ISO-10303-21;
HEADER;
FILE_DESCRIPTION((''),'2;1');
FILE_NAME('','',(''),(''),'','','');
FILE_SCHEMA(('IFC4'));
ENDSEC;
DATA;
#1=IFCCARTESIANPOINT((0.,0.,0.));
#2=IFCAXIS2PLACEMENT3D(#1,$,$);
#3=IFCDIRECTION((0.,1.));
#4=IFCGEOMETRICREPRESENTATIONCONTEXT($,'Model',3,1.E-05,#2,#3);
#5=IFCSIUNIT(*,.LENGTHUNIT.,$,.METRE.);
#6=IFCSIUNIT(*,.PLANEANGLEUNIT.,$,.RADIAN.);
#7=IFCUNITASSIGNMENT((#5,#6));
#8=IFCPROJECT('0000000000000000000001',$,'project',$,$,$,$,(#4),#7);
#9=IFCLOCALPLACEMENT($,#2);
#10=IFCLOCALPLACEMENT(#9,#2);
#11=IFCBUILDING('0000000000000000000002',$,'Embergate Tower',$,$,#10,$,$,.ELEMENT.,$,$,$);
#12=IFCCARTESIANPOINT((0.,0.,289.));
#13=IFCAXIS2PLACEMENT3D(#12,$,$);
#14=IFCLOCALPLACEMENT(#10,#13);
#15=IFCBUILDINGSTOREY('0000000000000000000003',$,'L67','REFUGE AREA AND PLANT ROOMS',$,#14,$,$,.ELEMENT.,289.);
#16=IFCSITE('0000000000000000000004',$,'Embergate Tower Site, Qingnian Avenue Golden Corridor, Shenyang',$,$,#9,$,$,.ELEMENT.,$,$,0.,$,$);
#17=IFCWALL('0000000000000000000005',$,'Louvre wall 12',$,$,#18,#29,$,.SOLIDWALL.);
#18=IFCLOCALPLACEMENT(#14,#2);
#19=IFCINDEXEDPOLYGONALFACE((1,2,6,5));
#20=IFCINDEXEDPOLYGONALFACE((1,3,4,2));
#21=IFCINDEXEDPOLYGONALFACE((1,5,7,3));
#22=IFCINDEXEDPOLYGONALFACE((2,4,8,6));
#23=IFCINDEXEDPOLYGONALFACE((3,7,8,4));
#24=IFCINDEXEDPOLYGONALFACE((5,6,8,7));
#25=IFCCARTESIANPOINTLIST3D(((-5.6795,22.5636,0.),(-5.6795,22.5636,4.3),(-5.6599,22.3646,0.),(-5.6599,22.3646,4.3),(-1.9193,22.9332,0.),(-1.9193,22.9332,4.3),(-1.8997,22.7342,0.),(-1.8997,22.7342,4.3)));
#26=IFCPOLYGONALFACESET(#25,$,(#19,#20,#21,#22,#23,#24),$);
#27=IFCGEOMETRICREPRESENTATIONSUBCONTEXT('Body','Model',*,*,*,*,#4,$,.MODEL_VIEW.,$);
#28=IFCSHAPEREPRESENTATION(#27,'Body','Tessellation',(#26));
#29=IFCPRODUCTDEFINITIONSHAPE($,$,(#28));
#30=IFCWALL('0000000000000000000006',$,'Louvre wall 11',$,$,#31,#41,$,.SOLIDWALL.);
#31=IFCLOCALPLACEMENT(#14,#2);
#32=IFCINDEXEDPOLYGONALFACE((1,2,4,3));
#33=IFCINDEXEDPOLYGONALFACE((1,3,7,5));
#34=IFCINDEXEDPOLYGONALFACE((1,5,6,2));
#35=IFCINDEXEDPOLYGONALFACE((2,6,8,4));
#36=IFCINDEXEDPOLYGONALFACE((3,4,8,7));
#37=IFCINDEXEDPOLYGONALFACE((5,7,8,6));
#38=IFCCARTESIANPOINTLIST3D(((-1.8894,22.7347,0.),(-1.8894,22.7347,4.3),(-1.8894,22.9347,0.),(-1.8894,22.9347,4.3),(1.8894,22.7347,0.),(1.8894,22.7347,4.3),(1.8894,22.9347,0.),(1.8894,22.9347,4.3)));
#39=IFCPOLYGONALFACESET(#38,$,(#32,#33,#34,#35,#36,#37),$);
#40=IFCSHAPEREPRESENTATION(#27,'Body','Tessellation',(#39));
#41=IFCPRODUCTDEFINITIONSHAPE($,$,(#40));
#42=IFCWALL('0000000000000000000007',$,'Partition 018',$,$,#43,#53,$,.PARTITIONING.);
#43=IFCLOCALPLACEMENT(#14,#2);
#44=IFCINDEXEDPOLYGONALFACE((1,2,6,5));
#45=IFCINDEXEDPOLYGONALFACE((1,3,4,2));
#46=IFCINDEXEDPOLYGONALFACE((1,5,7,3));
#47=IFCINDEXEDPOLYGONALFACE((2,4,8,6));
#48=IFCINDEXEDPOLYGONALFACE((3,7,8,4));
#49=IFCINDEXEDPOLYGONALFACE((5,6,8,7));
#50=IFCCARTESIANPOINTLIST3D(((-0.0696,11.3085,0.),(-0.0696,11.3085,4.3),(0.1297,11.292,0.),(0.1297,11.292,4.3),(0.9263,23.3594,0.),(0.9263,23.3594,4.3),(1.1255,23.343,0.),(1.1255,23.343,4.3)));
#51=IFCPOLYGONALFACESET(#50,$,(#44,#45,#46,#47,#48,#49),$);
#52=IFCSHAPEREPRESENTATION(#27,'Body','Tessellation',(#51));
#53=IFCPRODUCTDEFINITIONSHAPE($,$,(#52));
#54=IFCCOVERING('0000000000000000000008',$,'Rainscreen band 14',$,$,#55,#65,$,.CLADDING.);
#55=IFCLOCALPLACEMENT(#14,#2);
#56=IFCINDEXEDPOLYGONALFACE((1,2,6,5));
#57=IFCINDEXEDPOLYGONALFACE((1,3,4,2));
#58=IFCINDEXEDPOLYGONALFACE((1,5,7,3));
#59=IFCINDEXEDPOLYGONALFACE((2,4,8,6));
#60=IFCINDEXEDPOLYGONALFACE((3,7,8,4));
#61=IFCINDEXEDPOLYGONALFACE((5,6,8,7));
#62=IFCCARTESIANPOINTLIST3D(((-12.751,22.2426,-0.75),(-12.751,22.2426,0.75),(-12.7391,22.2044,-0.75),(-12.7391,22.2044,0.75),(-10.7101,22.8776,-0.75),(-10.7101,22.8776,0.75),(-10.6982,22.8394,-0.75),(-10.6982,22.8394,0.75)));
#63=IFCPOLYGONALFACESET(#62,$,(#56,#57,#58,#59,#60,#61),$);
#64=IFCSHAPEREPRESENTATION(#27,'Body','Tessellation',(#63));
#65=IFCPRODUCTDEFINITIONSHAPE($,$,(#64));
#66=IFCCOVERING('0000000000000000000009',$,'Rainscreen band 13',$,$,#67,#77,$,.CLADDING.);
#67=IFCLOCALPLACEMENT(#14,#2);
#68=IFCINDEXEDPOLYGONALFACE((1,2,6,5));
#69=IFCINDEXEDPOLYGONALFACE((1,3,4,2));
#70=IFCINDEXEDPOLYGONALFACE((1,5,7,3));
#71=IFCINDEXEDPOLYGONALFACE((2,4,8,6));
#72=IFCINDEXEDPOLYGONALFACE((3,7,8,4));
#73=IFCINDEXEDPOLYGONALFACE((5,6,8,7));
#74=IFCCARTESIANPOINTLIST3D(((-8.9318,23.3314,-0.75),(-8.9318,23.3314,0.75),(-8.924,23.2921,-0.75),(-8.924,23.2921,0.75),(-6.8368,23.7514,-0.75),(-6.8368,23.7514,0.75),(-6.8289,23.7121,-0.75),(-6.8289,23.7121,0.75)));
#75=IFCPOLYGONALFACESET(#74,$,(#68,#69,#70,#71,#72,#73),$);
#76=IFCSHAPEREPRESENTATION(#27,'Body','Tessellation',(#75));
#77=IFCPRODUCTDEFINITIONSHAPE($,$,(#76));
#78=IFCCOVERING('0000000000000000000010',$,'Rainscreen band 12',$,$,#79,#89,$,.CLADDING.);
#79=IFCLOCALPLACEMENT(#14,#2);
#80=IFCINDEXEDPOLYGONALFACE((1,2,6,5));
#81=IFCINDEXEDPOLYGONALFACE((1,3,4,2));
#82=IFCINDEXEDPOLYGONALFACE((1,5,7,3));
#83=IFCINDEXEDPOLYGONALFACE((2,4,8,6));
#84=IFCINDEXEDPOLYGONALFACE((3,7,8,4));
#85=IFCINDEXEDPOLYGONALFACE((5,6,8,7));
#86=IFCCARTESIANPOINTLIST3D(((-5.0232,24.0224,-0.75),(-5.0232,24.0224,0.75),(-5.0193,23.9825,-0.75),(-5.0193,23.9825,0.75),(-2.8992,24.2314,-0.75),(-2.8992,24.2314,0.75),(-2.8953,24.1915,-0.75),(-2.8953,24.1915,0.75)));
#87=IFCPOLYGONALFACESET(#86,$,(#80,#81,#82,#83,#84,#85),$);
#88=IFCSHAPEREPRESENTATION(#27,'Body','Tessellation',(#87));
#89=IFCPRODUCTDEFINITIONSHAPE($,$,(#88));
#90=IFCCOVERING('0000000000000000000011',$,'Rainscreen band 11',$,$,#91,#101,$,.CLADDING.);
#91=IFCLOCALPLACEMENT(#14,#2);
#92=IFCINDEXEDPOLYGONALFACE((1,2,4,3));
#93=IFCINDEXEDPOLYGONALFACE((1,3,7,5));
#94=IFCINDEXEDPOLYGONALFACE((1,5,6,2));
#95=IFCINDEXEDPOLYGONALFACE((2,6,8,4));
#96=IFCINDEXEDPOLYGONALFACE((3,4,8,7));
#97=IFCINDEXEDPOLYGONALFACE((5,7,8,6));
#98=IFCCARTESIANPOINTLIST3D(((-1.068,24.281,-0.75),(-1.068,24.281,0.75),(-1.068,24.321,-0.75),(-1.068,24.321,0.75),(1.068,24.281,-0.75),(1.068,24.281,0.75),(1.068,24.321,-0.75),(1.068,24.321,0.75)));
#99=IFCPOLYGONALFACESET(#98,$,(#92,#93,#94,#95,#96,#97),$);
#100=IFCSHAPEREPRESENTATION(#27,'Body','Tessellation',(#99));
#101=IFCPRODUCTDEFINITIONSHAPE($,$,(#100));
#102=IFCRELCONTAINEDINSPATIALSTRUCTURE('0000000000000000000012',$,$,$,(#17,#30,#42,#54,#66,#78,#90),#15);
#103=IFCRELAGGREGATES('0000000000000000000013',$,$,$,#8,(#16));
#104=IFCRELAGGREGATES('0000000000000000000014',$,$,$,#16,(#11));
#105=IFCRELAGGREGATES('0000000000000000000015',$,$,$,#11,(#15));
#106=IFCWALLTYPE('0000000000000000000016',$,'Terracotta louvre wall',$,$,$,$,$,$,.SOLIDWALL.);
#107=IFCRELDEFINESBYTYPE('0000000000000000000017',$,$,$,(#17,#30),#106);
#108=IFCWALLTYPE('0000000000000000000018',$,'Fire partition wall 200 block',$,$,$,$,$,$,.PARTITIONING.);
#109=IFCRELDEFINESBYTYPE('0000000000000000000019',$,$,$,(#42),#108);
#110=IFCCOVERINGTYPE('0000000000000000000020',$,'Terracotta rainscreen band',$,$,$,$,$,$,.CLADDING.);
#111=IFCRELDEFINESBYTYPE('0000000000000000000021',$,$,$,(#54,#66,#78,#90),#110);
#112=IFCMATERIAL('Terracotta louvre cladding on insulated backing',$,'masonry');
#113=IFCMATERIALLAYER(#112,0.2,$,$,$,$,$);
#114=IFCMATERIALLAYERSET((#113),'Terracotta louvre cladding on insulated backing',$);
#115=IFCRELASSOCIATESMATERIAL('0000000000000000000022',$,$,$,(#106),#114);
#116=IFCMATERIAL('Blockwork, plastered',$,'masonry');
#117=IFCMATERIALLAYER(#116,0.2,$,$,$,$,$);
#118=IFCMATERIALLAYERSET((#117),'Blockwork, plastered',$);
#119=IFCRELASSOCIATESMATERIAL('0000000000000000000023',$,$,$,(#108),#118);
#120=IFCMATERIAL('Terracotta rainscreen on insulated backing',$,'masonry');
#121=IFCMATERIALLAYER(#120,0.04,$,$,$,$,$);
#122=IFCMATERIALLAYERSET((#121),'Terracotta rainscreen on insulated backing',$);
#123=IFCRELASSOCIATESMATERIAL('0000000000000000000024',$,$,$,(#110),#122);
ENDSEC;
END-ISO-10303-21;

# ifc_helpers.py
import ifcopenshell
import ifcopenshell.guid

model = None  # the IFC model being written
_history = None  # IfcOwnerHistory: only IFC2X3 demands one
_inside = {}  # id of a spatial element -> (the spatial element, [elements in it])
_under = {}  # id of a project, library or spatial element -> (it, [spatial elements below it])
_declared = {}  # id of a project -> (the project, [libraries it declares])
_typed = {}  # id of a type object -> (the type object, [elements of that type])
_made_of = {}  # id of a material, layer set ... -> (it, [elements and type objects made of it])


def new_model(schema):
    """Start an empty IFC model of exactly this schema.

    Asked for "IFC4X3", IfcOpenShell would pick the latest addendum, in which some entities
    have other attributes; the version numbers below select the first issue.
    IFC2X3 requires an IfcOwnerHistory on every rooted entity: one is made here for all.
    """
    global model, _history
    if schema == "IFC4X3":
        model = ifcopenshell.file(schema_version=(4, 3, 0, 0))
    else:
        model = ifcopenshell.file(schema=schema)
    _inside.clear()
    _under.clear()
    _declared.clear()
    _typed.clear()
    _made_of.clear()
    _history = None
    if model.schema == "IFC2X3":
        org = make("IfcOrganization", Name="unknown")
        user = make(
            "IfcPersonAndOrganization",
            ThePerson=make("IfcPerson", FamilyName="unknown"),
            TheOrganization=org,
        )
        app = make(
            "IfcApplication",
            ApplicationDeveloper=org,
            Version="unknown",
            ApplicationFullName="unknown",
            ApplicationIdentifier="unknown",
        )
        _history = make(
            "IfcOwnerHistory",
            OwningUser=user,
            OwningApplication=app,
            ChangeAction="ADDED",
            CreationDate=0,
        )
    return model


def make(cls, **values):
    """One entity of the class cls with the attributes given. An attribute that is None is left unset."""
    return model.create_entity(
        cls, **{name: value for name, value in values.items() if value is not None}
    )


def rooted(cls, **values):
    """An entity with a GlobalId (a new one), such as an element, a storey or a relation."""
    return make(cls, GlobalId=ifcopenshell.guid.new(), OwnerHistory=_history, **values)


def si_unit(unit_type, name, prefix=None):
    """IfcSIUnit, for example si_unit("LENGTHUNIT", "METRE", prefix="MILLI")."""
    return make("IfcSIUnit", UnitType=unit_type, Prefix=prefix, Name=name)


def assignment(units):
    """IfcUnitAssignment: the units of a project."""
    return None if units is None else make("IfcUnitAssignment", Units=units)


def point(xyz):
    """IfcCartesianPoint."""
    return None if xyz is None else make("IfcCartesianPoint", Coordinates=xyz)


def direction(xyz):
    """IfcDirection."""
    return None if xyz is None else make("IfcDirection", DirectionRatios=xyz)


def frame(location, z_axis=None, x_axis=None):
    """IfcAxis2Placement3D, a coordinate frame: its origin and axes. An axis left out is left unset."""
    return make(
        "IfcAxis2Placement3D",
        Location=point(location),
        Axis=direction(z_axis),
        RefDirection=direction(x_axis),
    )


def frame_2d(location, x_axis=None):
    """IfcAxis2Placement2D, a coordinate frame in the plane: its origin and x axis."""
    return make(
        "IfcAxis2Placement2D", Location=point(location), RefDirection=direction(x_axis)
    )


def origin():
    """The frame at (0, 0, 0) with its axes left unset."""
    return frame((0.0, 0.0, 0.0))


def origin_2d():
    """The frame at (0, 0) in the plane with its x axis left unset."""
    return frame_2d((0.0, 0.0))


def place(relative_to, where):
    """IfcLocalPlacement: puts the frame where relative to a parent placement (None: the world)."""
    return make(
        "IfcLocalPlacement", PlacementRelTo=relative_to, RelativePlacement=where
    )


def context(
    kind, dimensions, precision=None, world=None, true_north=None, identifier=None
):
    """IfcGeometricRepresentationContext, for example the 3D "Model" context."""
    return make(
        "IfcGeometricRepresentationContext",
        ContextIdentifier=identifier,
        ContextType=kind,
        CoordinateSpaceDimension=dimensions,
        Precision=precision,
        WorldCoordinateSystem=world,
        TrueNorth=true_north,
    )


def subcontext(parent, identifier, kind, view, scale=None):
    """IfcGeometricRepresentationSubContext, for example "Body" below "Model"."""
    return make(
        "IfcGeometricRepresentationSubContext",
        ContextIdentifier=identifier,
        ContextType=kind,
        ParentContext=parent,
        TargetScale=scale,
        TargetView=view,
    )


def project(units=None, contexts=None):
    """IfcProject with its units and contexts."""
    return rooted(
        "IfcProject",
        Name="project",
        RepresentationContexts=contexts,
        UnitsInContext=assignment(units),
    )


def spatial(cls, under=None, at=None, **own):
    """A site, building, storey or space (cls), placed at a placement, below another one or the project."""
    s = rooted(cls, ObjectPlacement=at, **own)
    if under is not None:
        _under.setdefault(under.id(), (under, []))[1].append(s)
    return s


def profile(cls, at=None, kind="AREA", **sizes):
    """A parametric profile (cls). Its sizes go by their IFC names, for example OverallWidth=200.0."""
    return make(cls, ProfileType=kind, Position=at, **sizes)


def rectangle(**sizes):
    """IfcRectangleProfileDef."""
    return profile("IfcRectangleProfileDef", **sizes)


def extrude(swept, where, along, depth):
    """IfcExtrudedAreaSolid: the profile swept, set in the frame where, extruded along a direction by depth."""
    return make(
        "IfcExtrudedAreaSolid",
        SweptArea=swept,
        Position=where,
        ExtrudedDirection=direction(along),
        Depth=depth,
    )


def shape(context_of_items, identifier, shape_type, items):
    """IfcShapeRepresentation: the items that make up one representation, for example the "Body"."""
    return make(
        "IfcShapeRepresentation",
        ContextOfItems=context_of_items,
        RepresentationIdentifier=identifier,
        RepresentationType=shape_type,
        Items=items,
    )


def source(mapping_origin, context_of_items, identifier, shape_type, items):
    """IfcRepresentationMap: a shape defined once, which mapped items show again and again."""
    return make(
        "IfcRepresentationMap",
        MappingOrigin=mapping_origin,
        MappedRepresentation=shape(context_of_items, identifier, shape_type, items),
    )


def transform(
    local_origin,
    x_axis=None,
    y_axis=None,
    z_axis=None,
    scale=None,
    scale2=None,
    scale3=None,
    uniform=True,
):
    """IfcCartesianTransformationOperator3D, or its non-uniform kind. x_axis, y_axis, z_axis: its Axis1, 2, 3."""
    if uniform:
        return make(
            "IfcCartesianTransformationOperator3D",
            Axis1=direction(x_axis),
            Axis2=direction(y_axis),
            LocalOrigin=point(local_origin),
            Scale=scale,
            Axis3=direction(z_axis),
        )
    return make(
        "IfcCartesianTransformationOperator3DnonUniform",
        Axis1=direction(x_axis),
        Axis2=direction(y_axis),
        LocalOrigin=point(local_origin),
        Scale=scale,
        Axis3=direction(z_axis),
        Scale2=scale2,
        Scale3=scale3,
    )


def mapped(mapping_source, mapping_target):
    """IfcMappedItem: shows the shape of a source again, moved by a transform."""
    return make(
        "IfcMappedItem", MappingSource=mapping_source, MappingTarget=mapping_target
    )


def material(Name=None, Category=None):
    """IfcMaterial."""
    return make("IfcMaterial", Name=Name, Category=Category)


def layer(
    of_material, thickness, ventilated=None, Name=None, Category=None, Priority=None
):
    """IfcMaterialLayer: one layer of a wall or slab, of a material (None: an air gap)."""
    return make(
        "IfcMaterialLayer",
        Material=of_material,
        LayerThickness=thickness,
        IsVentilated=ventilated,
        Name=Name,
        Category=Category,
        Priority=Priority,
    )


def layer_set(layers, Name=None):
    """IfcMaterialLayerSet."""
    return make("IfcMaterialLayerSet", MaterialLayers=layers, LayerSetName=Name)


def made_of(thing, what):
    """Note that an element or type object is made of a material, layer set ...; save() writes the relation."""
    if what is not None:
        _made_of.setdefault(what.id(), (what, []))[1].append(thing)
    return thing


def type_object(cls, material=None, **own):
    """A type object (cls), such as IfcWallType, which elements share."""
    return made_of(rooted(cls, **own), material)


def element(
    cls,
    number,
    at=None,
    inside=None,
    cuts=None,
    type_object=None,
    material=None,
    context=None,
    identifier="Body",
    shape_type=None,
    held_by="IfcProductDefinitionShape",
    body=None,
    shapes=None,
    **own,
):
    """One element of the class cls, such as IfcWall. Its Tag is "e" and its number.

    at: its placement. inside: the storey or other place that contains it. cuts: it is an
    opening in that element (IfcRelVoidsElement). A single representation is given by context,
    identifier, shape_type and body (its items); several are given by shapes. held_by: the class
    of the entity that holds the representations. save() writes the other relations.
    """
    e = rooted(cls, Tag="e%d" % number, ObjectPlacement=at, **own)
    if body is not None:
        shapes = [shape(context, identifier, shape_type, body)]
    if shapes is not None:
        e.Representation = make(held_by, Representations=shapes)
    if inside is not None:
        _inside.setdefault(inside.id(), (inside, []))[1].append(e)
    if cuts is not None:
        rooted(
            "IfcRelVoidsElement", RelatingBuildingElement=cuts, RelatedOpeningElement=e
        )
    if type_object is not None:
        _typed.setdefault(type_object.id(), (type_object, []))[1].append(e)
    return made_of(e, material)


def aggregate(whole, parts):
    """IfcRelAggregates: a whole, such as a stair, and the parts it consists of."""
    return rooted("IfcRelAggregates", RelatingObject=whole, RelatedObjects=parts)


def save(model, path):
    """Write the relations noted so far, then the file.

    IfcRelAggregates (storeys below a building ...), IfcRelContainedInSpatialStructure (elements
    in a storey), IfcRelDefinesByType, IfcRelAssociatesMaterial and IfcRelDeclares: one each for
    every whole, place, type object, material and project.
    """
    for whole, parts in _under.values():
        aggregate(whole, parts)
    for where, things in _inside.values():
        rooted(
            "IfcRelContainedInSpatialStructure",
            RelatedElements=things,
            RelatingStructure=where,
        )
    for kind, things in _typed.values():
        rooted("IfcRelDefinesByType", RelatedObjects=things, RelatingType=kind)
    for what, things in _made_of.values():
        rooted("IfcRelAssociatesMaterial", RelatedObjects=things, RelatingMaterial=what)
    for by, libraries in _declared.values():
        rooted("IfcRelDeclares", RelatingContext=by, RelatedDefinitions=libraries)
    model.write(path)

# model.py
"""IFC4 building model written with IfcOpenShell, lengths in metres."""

from ifc_helpers import new_model, si_unit, direction, frame, frame_2d, origin, origin_2d, place, context, subcontext, project, spatial, rectangle, extrude, source, transform, mapped, material, layer, layer_set, type_object, element, save


model = new_model("IFC4")

# Units and contexts
model_context = context("Model", 3, precision=1e-05, world=origin(), true_north=direction((0.0, 1.0)))
body_context = subcontext(model_context, "Body", "Model", "MODEL_VIEW")
ifc_project = project(units=[si_unit("LENGTHUNIT", "METRE"), si_unit("PLANEANGLEUNIT", "RADIAN")], contexts=[model_context])

# Site, building, storey
site_placement = place(None, origin())
site = spatial("IfcSite", under=ifc_project, at=site_placement, Name="Embergate Tower Site, Qingnian Avenue Golden Corridor, Shenyang", CompositionType="ELEMENT", RefElevation=0.0)
building_placement = place(site_placement, origin())
building = spatial("IfcBuilding", under=site, at=building_placement, Name="Embergate Tower", CompositionType="ELEMENT")
storey_placement = place(building_placement, frame((0.0, 0.0, 289.0)))
storey = spatial("IfcBuildingStorey", under=building, at=storey_placement, Name="L67", Description="REFUGE AREA AND PLANT ROOMS", CompositionType="ELEMENT", Elevation=289.0)

# Walls
ifc_material_1 = material(Name="Terracotta louvre cladding on insulated backing", Category="masonry")
ifc_layer_1 = layer(ifc_material_1, 0.2)
ifc_layer_set_1 = layer_set([ifc_layer_1], Name="Terracotta louvre cladding on insulated backing")
wall_type_1 = type_object("IfcWallType", Name="Terracotta louvre wall", PredefinedType="SOLIDWALL", material=ifc_layer_set_1)
shared_shape_1 = source(origin(), body_context, "Body", "SweptSolid", [
    extrude(rectangle(XDim=3.7783, YDim=0.2, at=frame_2d((1.8892, 0.0))), origin(), (0.0, 0.0, 1.0), 4.3),
])
wall_1_placement = place(storey_placement, frame((-5.6697, 22.4641, 0.0), z_axis=(0.0, 0.0, 1.0), x_axis=(0.995203, 0.097827, 0.0)))
element("IfcWall", 1, at=wall_1_placement, inside=storey, type_object=wall_type_1, Name="Louvre wall 12", PredefinedType="SOLIDWALL", context=body_context, shape_type="MappedRepresentation", body=[
    mapped(shared_shape_1, transform((0.0, 0.0, 0.0))),
])
shared_shape_2 = source(origin(), body_context, "Body", "SweptSolid", [
    extrude(rectangle(XDim=3.7788, YDim=0.2, at=frame_2d((1.8894, 0.0))), origin(), (0.0, 0.0, 1.0), 4.3),
])
wall_2_placement = place(storey_placement, frame((-1.8894, 22.8347, 0.0), z_axis=(0.0, 0.0, 1.0), x_axis=(1.0, 0.0, 0.0)))
element("IfcWall", 2, at=wall_2_placement, inside=storey, type_object=wall_type_1, Name="Louvre wall 11", PredefinedType="SOLIDWALL", context=body_context, shape_type="MappedRepresentation", body=[
    mapped(shared_shape_2, transform((0.0, 0.0, 0.0))),
])
ifc_material_2 = material(Name="Blockwork, plastered", Category="masonry")
ifc_layer_2 = layer(ifc_material_2, 0.2)
ifc_layer_set_2 = layer_set([ifc_layer_2], Name="Blockwork, plastered")
wall_type_2 = type_object("IfcWallType", Name="Fire partition wall 200 block", PredefinedType="PARTITIONING", material=ifc_layer_set_2)
shared_shape_3 = source(origin(), body_context, "Body", "SweptSolid", [
    extrude(rectangle(XDim=12.092, YDim=0.2, at=frame_2d((6.0459, 0.0))), origin(), (0.0, 0.0, 1.0), 4.3),
])
wall_3_placement = place(storey_placement, frame((1.0259, 23.3511, 0.0), z_axis=(0.0, 0.0, 1.0), x_axis=(-0.082355, -0.996603, 0.0)))
element("IfcWall", 3, at=wall_3_placement, inside=storey, type_object=wall_type_2, Name="Partition 018", PredefinedType="PARTITIONING", context=body_context, shape_type="MappedRepresentation", body=[
    mapped(shared_shape_3, transform((0.0, 0.0, 0.0))),
])

# Coverings
ifc_material_3 = material(Name="Terracotta rainscreen on insulated backing", Category="masonry")
ifc_layer_3 = layer(ifc_material_3, 0.04)
ifc_layer_set_3 = layer_set([ifc_layer_3], Name="Terracotta rainscreen on insulated backing")
covering_type = type_object("IfcCoveringType", Name="Terracotta rainscreen band", PredefinedType="CLADDING", material=ifc_layer_set_3)
shared_shape_4 = source(origin(), body_context, "Body", "SweptSolid", [
    extrude(rectangle(XDim=2.1375, YDim=0.04, at=origin_2d()), origin(), (0.0, 0.0, 1.0), 1.5),
])
covering_1_placement = place(storey_placement, frame((-11.7246, 22.541, -0.75), z_axis=(0.0, 0.0, 1.0), x_axis=(-0.954854, -0.297077, 0.0)))
element("IfcCovering", 4, at=covering_1_placement, inside=storey, type_object=covering_type, Name="Rainscreen band 14", PredefinedType="CLADDING", context=body_context, shape_type="MappedRepresentation", body=[
    mapped(shared_shape_4, transform((0.0, 0.0, 0.0))),
])
shared_shape_5 = source(origin(), body_context, "Body", "SweptSolid", [
    extrude(rectangle(XDim=2.1367, YDim=0.04, at=origin_2d()), origin(), (0.0, 0.0, 1.0), 1.5),
])
covering_2_placement = place(storey_placement, frame((-7.8804, 23.5217, -0.75), z_axis=(0.0, 0.0, 1.0), x_axis=(-0.980491, -0.196566, 0.0)))
element("IfcCovering", 5, at=covering_2_placement, inside=storey, type_object=covering_type, Name="Rainscreen band 13", PredefinedType="CLADDING", context=body_context, shape_type="MappedRepresentation", body=[
    mapped(shared_shape_5, transform((0.0, 0.0, 0.0))),
])
shared_shape_6 = source(origin(), body_context, "Body", "SweptSolid", [
    extrude(rectangle(XDim=2.1343, YDim=0.04, at=origin_2d()), origin(), (0.0, 0.0, 1.0), 1.5),
])
covering_3_placement = place(storey_placement, frame((-3.9592, 24.1069, -0.75), z_axis=(0.0, 0.0, 1.0), x_axis=(-0.995194, -0.097927, 0.0)))
element("IfcCovering", 6, at=covering_3_placement, inside=storey, type_object=covering_type, Name="Rainscreen band 12", PredefinedType="CLADDING", context=body_context, shape_type="MappedRepresentation", body=[
    mapped(shared_shape_6, transform((0.0, 0.0, 0.0))),
])
shared_shape_7 = source(origin(), body_context, "Body", "SweptSolid", [
    extrude(rectangle(XDim=2.136, YDim=0.04, at=origin_2d()), origin(), (0.0, 0.0, 1.0), 1.5),
])
covering_4_placement = place(storey_placement, frame((0.0, 24.301, -0.75), z_axis=(0.0, 0.0, 1.0), x_axis=(-1.0, 0.0, 0.0)))
element("IfcCovering", 7, at=covering_4_placement, inside=storey, type_object=covering_type, Name="Rainscreen band 11", PredefinedType="CLADDING", context=body_context, shape_type="MappedRepresentation", body=[
    mapped(shared_shape_7, transform((0.0, 0.0, 0.0))),
])

save(model, "model.ifc")
